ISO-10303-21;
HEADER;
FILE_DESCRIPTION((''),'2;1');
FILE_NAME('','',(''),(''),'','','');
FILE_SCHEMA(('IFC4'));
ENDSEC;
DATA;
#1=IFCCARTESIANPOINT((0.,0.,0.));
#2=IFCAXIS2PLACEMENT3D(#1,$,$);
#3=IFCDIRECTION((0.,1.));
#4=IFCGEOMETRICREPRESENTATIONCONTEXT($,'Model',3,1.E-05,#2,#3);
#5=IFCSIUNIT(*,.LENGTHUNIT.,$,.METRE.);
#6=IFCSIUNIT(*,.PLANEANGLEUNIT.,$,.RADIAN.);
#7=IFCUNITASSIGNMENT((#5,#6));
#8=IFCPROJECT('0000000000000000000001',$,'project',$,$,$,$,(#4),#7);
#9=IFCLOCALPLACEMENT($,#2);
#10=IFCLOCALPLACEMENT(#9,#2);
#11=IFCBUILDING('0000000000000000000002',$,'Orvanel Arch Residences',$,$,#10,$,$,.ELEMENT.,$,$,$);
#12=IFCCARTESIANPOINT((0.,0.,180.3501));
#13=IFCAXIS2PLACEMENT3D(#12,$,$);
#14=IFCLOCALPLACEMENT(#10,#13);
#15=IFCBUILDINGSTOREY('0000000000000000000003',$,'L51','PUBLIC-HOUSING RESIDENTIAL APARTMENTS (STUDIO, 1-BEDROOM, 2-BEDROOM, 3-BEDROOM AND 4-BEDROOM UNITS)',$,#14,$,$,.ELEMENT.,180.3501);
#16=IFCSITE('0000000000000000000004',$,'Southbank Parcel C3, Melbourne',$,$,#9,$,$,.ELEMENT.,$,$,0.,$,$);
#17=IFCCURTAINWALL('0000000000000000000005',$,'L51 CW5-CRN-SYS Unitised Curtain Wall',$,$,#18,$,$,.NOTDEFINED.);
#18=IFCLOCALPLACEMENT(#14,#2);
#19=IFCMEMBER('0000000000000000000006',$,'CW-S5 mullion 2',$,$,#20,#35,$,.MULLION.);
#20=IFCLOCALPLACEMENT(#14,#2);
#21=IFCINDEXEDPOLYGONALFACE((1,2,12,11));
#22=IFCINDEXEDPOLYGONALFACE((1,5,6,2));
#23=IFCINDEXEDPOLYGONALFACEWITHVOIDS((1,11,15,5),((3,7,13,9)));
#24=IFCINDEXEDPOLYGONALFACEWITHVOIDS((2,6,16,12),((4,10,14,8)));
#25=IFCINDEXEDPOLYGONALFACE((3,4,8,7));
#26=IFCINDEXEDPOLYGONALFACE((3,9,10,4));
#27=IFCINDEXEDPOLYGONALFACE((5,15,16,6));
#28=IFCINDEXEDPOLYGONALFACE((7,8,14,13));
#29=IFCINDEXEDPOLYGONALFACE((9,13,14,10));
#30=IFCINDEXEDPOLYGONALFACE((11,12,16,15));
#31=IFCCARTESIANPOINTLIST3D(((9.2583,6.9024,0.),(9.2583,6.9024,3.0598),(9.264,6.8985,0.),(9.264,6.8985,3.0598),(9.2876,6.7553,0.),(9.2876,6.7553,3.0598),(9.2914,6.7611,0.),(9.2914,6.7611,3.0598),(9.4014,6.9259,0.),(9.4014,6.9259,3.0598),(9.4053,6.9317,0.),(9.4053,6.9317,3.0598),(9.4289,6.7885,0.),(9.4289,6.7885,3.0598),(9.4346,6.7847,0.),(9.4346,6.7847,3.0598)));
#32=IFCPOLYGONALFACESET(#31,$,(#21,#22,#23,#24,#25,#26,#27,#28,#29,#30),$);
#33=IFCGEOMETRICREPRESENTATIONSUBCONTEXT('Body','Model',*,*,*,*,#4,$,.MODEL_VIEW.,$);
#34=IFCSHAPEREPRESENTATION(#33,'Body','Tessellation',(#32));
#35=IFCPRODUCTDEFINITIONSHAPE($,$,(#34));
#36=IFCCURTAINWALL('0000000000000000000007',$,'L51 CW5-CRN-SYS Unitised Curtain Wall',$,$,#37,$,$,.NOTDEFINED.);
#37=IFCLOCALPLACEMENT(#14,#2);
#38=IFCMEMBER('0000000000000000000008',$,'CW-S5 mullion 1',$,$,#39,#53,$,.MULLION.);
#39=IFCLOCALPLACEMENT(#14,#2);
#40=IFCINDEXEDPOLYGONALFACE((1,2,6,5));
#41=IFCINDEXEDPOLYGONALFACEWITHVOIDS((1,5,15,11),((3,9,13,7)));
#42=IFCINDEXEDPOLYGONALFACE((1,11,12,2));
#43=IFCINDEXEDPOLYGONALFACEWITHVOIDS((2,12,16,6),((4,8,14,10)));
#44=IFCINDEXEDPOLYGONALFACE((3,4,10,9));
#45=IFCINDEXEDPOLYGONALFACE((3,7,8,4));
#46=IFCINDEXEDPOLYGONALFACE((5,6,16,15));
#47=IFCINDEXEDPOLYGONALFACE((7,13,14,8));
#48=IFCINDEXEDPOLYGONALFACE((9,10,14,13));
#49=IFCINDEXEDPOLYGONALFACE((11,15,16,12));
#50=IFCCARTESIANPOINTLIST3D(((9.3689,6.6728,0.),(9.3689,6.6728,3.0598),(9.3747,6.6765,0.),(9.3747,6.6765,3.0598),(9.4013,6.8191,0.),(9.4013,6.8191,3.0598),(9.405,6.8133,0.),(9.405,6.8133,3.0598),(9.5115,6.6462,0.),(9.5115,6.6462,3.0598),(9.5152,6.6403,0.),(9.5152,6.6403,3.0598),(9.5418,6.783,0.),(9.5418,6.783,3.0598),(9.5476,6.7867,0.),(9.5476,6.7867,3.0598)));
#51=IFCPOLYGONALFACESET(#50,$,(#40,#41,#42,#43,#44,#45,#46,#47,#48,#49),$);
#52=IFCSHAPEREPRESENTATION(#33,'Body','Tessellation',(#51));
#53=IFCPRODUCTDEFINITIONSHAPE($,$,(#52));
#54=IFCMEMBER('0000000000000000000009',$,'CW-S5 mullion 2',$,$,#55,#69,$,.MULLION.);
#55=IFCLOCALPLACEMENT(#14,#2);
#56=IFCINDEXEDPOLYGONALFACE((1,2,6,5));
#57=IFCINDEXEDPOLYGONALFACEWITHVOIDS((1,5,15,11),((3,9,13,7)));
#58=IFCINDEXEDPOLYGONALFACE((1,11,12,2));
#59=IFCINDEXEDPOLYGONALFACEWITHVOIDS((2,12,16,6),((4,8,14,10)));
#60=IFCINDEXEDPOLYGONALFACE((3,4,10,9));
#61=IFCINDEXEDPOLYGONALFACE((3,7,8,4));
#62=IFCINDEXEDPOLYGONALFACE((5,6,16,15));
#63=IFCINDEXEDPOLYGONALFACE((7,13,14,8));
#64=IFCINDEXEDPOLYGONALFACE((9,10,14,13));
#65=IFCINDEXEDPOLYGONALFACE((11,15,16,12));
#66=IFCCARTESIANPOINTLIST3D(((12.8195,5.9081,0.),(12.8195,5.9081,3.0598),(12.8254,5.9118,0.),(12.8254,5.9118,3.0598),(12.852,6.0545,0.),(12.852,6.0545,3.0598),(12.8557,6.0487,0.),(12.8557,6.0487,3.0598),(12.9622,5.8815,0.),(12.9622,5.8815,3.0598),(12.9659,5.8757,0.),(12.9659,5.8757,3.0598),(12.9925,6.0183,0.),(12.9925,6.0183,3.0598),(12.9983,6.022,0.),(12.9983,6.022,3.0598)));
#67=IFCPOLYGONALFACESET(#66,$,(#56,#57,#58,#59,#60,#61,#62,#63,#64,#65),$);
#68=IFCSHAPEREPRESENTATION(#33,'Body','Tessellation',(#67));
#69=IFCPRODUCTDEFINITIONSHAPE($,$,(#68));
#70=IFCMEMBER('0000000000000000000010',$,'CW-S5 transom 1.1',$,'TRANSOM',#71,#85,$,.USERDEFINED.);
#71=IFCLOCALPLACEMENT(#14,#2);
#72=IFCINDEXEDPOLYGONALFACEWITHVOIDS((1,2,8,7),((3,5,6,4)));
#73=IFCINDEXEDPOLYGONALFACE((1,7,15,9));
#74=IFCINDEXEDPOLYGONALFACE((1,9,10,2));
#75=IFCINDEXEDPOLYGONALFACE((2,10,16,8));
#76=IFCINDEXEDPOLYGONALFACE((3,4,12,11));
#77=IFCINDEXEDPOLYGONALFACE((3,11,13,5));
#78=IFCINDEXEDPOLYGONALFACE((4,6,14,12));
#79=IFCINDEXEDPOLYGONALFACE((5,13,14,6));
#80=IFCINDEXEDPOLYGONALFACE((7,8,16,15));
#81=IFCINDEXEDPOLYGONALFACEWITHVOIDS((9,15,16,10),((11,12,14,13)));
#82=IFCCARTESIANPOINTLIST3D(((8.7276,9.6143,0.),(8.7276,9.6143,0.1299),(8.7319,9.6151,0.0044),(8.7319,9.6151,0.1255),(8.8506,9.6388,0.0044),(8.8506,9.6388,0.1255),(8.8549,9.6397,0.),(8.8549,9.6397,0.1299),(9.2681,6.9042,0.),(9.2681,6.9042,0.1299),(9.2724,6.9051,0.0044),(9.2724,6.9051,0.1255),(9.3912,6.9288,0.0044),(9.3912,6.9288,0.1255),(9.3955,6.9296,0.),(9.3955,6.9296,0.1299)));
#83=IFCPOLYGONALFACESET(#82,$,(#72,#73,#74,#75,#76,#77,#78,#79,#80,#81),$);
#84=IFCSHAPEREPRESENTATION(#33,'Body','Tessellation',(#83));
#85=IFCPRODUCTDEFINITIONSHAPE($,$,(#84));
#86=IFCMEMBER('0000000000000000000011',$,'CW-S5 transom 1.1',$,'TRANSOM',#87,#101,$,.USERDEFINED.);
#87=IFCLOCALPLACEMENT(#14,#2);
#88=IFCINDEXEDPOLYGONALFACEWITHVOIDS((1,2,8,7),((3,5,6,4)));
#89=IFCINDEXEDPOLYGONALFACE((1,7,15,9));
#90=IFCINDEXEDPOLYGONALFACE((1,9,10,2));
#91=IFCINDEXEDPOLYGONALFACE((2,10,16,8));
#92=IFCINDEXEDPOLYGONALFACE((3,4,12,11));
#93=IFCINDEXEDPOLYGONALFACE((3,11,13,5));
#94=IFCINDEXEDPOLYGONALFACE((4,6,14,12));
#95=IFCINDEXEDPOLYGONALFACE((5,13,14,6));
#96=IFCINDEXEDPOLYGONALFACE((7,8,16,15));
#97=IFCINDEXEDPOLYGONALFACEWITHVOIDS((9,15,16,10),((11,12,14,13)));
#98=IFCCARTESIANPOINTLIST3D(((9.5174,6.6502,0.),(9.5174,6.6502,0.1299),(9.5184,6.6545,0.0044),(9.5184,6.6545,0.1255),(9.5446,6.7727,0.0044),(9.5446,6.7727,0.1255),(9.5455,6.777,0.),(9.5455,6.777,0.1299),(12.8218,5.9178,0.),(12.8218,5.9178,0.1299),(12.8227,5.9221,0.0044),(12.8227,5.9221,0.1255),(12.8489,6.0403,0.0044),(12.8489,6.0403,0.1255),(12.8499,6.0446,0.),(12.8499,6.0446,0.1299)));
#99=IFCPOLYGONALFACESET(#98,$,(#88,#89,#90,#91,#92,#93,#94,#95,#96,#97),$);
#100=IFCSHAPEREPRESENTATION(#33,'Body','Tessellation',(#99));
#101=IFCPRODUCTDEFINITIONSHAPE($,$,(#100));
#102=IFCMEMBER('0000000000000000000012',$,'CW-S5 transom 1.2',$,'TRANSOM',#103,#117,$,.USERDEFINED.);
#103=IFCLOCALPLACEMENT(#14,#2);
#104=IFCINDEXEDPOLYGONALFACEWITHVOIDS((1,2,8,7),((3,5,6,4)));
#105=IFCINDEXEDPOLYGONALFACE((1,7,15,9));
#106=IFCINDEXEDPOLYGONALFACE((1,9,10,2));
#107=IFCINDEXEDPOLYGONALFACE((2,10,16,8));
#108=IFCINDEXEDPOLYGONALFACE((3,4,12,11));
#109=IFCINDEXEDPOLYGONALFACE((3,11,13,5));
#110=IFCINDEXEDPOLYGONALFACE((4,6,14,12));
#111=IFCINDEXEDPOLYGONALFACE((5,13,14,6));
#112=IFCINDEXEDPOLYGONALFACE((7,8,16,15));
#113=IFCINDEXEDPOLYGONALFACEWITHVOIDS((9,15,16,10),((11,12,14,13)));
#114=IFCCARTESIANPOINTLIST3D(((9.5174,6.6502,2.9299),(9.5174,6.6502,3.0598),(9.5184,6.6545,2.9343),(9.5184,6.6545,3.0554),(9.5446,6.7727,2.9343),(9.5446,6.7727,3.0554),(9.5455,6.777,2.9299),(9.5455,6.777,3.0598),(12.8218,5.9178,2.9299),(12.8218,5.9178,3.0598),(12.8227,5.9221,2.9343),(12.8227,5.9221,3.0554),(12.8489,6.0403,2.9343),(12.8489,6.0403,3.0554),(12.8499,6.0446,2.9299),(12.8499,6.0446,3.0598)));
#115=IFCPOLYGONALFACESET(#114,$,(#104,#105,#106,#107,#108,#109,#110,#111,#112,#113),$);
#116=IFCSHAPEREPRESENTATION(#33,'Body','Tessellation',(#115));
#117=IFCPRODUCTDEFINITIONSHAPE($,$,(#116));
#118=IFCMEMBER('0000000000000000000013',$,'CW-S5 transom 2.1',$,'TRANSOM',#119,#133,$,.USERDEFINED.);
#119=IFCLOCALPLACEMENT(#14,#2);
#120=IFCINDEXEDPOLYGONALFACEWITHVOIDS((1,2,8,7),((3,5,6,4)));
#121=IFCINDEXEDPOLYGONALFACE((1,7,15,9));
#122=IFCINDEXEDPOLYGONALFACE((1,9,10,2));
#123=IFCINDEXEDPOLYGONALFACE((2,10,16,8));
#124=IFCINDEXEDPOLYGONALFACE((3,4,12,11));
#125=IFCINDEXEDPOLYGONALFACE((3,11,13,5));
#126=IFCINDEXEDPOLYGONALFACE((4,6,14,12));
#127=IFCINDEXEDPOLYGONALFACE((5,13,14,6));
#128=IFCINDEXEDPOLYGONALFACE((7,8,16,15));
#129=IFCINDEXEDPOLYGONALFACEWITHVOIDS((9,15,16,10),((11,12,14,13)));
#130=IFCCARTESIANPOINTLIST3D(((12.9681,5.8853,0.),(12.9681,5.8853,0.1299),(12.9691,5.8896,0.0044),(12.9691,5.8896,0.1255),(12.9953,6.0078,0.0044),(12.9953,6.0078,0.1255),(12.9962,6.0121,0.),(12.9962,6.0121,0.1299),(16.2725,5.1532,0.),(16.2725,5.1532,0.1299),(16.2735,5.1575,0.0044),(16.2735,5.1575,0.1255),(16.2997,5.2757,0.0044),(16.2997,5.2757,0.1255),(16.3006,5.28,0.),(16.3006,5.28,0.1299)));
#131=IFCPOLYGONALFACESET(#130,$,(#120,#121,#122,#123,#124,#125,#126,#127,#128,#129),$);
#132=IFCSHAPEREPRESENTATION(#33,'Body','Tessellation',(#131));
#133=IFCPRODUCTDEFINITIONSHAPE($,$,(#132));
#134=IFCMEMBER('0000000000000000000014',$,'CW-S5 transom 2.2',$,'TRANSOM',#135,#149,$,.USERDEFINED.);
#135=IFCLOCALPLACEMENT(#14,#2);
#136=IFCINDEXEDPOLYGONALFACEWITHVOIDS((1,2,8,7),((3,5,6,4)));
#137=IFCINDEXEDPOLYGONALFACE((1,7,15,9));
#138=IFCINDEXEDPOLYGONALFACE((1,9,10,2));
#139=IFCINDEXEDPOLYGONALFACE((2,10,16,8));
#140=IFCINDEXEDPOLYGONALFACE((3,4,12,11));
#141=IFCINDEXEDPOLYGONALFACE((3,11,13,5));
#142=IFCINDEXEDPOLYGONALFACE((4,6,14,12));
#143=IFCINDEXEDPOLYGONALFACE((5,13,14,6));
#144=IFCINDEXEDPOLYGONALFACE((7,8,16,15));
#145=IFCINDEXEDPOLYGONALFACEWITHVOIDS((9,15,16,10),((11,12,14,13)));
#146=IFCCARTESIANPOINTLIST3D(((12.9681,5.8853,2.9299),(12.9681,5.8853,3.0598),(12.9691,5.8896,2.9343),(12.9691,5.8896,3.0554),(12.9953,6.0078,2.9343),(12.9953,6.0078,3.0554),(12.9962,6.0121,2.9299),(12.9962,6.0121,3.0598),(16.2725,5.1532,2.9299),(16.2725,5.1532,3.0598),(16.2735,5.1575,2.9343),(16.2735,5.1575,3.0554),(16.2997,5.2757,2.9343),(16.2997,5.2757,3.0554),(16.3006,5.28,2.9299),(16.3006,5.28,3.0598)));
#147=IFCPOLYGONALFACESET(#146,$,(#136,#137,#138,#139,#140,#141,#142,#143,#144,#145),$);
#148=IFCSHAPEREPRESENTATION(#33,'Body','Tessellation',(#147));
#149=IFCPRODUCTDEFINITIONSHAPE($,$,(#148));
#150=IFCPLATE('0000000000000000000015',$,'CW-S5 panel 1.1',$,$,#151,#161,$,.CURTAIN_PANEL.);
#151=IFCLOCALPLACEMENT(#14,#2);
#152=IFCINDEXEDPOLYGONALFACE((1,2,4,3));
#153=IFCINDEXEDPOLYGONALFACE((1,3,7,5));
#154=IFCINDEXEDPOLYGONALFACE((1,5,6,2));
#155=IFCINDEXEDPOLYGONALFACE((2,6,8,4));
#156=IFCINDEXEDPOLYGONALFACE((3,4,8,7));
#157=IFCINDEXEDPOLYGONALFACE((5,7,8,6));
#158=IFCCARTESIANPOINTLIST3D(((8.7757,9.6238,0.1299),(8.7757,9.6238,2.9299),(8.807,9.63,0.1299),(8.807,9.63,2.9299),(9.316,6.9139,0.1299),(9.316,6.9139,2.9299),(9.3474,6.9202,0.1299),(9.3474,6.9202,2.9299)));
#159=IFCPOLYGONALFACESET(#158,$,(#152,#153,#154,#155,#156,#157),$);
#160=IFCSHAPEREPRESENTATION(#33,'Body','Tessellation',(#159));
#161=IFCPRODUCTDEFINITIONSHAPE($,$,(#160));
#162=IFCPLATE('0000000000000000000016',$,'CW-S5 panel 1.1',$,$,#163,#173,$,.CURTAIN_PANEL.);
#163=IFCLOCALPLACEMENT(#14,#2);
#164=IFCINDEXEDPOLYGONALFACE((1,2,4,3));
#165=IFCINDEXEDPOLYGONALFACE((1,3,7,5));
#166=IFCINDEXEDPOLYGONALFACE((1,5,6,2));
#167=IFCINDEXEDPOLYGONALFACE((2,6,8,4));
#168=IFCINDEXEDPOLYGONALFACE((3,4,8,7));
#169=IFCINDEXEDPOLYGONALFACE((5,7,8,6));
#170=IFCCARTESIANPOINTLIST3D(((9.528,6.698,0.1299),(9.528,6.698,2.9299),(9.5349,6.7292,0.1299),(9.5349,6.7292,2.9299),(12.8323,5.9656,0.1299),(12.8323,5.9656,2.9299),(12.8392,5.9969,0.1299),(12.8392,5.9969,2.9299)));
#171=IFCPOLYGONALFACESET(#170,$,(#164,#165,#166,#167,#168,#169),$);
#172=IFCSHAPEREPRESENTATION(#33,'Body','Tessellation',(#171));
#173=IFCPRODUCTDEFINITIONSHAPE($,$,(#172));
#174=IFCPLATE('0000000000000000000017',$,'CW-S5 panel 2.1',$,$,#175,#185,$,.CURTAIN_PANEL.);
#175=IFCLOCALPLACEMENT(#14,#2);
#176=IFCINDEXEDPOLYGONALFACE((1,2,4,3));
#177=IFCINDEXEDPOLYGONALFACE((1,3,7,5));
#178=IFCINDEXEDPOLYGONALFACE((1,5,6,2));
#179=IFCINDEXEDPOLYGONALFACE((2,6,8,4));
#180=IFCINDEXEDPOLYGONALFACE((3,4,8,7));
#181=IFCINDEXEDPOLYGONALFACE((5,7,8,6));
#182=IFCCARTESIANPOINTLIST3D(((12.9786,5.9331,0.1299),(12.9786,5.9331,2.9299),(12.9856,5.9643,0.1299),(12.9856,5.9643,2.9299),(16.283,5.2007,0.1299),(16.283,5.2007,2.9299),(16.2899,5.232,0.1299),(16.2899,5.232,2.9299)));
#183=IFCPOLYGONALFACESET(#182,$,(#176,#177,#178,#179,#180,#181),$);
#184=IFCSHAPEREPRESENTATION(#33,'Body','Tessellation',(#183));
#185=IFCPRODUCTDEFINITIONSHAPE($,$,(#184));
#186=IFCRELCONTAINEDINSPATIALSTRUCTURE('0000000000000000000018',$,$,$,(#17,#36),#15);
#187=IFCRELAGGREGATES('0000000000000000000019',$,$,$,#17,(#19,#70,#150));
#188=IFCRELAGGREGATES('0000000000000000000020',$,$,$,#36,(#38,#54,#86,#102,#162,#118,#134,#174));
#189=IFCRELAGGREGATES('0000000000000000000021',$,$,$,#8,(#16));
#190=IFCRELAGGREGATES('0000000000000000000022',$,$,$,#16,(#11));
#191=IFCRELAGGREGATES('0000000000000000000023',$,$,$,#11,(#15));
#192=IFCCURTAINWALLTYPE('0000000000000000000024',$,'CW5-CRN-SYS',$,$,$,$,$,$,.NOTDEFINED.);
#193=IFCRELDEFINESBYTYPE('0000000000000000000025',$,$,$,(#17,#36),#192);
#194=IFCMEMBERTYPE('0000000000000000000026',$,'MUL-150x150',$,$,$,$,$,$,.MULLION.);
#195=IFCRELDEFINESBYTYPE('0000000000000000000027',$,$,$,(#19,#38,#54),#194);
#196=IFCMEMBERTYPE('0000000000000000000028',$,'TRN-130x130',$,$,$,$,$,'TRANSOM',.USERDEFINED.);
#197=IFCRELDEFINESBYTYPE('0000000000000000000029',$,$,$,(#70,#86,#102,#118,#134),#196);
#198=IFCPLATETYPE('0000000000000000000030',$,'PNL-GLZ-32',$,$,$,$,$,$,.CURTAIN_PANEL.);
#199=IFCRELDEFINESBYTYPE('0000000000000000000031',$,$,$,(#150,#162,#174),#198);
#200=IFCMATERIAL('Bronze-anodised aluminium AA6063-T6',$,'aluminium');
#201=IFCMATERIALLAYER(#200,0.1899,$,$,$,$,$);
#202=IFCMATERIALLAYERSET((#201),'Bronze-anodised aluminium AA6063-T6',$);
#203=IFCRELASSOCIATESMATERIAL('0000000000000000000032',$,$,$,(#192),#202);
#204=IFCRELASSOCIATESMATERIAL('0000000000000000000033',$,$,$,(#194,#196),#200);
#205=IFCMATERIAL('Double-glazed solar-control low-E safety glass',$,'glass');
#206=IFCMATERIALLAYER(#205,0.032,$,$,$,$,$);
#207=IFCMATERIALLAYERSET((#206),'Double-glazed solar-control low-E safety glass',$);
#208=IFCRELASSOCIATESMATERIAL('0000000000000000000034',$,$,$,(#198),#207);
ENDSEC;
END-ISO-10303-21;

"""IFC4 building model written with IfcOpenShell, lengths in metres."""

from ifc_helpers import new_model, si_unit, direction, frame, origin, origin_2d, place, context, subcontext, project, spatial, rectangle, hollow_rectangle, extrude, material, layer, layer_set, material_profile, profile_set, type_object, element, aggregate, save


model = new_model("IFC4")

# Units and contexts
model_context = context("Model", 3, precision=1e-05, world=origin(), true_north=direction((0.0, 1.0)))
body_context = subcontext(model_context, "Body", "Model", "MODEL_VIEW")
ifc_project = project(units=[si_unit("LENGTHUNIT", "METRE"), si_unit("PLANEANGLEUNIT", "RADIAN")], contexts=[model_context])

# Site, building, storey
site_placement = place(None, origin())
site = spatial("IfcSite", under=ifc_project, at=site_placement, Name="Southbank Parcel C3, Melbourne", CompositionType="ELEMENT", RefElevation=0.0)
building_placement = place(site_placement, origin())
building = spatial("IfcBuilding", under=site, at=building_placement, Name="Orvanel Arch Residences", CompositionType="ELEMENT")
storey_placement = place(building_placement, frame((0.0, 0.0, 180.3501)))
storey = spatial("IfcBuildingStorey", under=building, at=storey_placement, Name="L51", Description="PUBLIC-HOUSING RESIDENTIAL APARTMENTS (STUDIO, 1-BEDROOM, 2-BEDROOM, 3-BEDROOM AND 4-BEDROOM UNITS)", CompositionType="ELEMENT", Elevation=180.3501)

# Curtain wall, member
ifc_material_1 = material(Name="Bronze-anodised aluminium AA6063-T6", Category="aluminium")
ifc_layer_1 = layer(ifc_material_1, 0.1899)
ifc_layer_set_1 = layer_set([ifc_layer_1], Name="Bronze-anodised aluminium AA6063-T6")
curtain_wall_type = type_object("IfcCurtainWallType", Name="CW5-CRN-SYS", PredefinedType="NOTDEFINED", material=ifc_layer_set_1)
curtain_wall_1_placement = place(storey_placement, origin())
curtain_wall_1 = element("IfcCurtainWall", 1, at=curtain_wall_1_placement, inside=storey, type_object=curtain_wall_type, Name="L51 CW5-CRN-SYS Unitised Curtain Wall", PredefinedType="NOTDEFINED")
ifc_material_profile_1 = material_profile(ifc_material_1, hollow_rectangle(XDim=0.1499, YDim=0.1499, WallThickness=0.0049, at=origin_2d()), Name="ALU150x150x5")
ifc_profile_set_1 = profile_set([ifc_material_profile_1], Name="Bronze-anodised aluminium AA6063-T6")
member_type_1 = type_object("IfcMemberType", Name="MUL-150x150", PredefinedType="MULLION", material=ifc_profile_set_1)
member_1_placement = place(storey_placement, frame((9.3464, 6.8435, 0.0), z_axis=(0.0, 0.0, 1.0), x_axis=(0.980694, 0.195551, 0.0)))
member_1 = element("IfcMember", 2, at=member_1_placement, type_object=member_type_1, Name="CW-S5 mullion 2", PredefinedType="MULLION", context=body_context, shape_type="SweptSolid", body=[
    extrude(hollow_rectangle(XDim=0.1499, YDim=0.1499, WallThickness=0.0049, at=origin_2d()), origin(), (0.0, 0.0, 1.0), 3.0598),
])

# Curtain wall, members
curtain_wall_2_placement = place(storey_placement, origin())
curtain_wall_2 = element("IfcCurtainWall", 3, at=curtain_wall_2_placement, inside=storey, type_object=curtain_wall_type, Name="L51 CW5-CRN-SYS Unitised Curtain Wall", PredefinedType="NOTDEFINED")
member_2_placement = place(storey_placement, frame((9.4583, 6.7297, 0.0), z_axis=(0.0, 0.0, 1.0), x_axis=(0.216373, 0.976311, 0.0)))
member_2 = element("IfcMember", 4, at=member_2_placement, type_object=member_type_1, Name="CW-S5 mullion 1", PredefinedType="MULLION", context=body_context, shape_type="SweptSolid", body=[
    extrude(hollow_rectangle(XDim=0.1499, YDim=0.1499, WallThickness=0.0049, at=origin_2d()), origin(), (0.0, 0.0, 1.0), 3.0598),
])
member_3_placement = place(storey_placement, frame((12.9089, 5.9651, 0.0), z_axis=(0.0, 0.0, 1.0), x_axis=(0.216373, 0.976311, 0.0)))
member_3 = element("IfcMember", 5, at=member_3_placement, type_object=member_type_1, Name="CW-S5 mullion 2", PredefinedType="MULLION", context=body_context, shape_type="SweptSolid", body=[
    extrude(hollow_rectangle(XDim=0.1499, YDim=0.1499, WallThickness=0.0049, at=origin_2d()), origin(), (0.0, 0.0, 1.0), 3.0598),
])

# Members
ifc_material_profile_2 = material_profile(ifc_material_1, hollow_rectangle(XDim=0.1299, YDim=0.1299, WallThickness=0.0044, at=origin_2d()), Name="ALU130x130x4.5")
ifc_profile_set_2 = profile_set([ifc_material_profile_2], Name="Bronze-anodised aluminium AA6063-T6")
member_type_2 = type_object("IfcMemberType", Name="TRN-130x130", ElementType="TRANSOM", PredefinedType="USERDEFINED", material=ifc_profile_set_2)
member_4_placement = place(storey_placement, frame((8.7913, 9.627, 0.0649), z_axis=(0.195606, -0.980682, 0.0), x_axis=(0.980682, 0.195606, 0.0)))
member_4 = element("IfcMember", 6, at=member_4_placement, type_object=member_type_2, Name="CW-S5 transom 1.1", ObjectType="TRANSOM", PredefinedType="USERDEFINED", context=body_context, shape_type="SweptSolid", body=[
    extrude(hollow_rectangle(XDim=0.1299, YDim=0.1299, WallThickness=0.0044, at=origin_2d()), origin(), (0.0, 0.0, 1.0), 2.7634),
])
member_5_placement = place(storey_placement, frame((9.5315, 6.7136, 0.0649), z_axis=(0.976302, -0.216411, 0.0), x_axis=(0.216411, 0.976302, 0.0)))
member_5 = element("IfcMember", 7, at=member_5_placement, type_object=member_type_2, Name="CW-S5 transom 1.1", ObjectType="TRANSOM", PredefinedType="USERDEFINED", context=body_context, shape_type="SweptSolid", body=[
    extrude(hollow_rectangle(XDim=0.1299, YDim=0.1299, WallThickness=0.0044, at=origin_2d()), origin(), (0.0, 0.0, 1.0), 3.3845),
])
member_6_placement = place(storey_placement, frame((9.5315, 6.7136, 2.9949), z_axis=(0.976302, -0.216411, 0.0), x_axis=(0.216411, 0.976302, 0.0)))
member_6 = element("IfcMember", 8, at=member_6_placement, type_object=member_type_2, Name="CW-S5 transom 1.2", ObjectType="TRANSOM", PredefinedType="USERDEFINED", context=body_context, shape_type="SweptSolid", body=[
    extrude(hollow_rectangle(XDim=0.1299, YDim=0.1299, WallThickness=0.0044, at=origin_2d()), origin(), (0.0, 0.0, 1.0), 3.3845),
])
member_7_placement = place(storey_placement, frame((12.9822, 5.9487, 0.0649), z_axis=(0.976321, -0.216327, 0.0), x_axis=(0.216327, 0.976321, 0.0)))
member_7 = element("IfcMember", 9, at=member_7_placement, type_object=member_type_2, Name="CW-S5 transom 2.1", ObjectType="TRANSOM", PredefinedType="USERDEFINED", context=body_context, shape_type="SweptSolid", body=[
    extrude(hollow_rectangle(XDim=0.1299, YDim=0.1299, WallThickness=0.0044, at=origin_2d()), origin(), (0.0, 0.0, 1.0), 3.3845),
])
member_8_placement = place(storey_placement, frame((12.9822, 5.9487, 2.9949), z_axis=(0.976321, -0.216327, 0.0), x_axis=(0.216327, 0.976321, 0.0)))
member_8 = element("IfcMember", 10, at=member_8_placement, type_object=member_type_2, Name="CW-S5 transom 2.2", ObjectType="TRANSOM", PredefinedType="USERDEFINED", context=body_context, shape_type="SweptSolid", body=[
    extrude(hollow_rectangle(XDim=0.1299, YDim=0.1299, WallThickness=0.0044, at=origin_2d()), origin(), (0.0, 0.0, 1.0), 3.3845),
])

# Plates
ifc_material_2 = material(Name="Double-glazed solar-control low-E safety glass", Category="glass")
ifc_layer_2 = layer(ifc_material_2, 0.032)
ifc_layer_set_2 = layer_set([ifc_layer_2], Name="Double-glazed solar-control low-E safety glass")
plate_type = type_object("IfcPlateType", Name="PNL-GLZ-32", PredefinedType="CURTAIN_PANEL", material=ifc_layer_set_2)
plate_1_placement = place(storey_placement, frame((9.0615, 8.272, 0.1299), z_axis=(0.0, 0.0, 1.0), x_axis=(0.195551, -0.980694, 0.0)))
plate_1 = element("IfcPlate", 11, at=plate_1_placement, type_object=plate_type, Name="CW-S5 panel 1.1", PredefinedType="CURTAIN_PANEL", context=body_context, shape_type="SweptSolid", body=[
    extrude(rectangle(XDim=2.7632, YDim=0.032, at=origin_2d()), origin(), (0.0, 0.0, 1.0), 2.8),
])
aggregate(curtain_wall_1, [member_1, member_4, plate_1])
plate_2_placement = place(storey_placement, frame((11.1836, 6.3474, 0.1299), z_axis=(0.0, 0.0, 1.0), x_axis=(0.976311, -0.216373, 0.0)))
plate_2 = element("IfcPlate", 12, at=plate_2_placement, type_object=plate_type, Name="CW-S5 panel 1.1", PredefinedType="CURTAIN_PANEL", context=body_context, shape_type="SweptSolid", body=[
    extrude(rectangle(XDim=3.3845, YDim=0.032, at=origin_2d()), origin(), (0.0, 0.0, 1.0), 2.8),
])
plate_3_placement = place(storey_placement, frame((14.6343, 5.5825, 0.1299), z_axis=(0.0, 0.0, 1.0), x_axis=(0.976311, -0.216373, 0.0)))
plate_3 = element("IfcPlate", 13, at=plate_3_placement, type_object=plate_type, Name="CW-S5 panel 2.1", PredefinedType="CURTAIN_PANEL", context=body_context, shape_type="SweptSolid", body=[
    extrude(rectangle(XDim=3.3845, YDim=0.032, at=origin_2d()), origin(), (0.0, 0.0, 1.0), 2.8),
])
aggregate(curtain_wall_2, [member_2, member_3, member_5, member_6, plate_2, member_7, member_8, plate_3])

save(model, "model.ifc")
